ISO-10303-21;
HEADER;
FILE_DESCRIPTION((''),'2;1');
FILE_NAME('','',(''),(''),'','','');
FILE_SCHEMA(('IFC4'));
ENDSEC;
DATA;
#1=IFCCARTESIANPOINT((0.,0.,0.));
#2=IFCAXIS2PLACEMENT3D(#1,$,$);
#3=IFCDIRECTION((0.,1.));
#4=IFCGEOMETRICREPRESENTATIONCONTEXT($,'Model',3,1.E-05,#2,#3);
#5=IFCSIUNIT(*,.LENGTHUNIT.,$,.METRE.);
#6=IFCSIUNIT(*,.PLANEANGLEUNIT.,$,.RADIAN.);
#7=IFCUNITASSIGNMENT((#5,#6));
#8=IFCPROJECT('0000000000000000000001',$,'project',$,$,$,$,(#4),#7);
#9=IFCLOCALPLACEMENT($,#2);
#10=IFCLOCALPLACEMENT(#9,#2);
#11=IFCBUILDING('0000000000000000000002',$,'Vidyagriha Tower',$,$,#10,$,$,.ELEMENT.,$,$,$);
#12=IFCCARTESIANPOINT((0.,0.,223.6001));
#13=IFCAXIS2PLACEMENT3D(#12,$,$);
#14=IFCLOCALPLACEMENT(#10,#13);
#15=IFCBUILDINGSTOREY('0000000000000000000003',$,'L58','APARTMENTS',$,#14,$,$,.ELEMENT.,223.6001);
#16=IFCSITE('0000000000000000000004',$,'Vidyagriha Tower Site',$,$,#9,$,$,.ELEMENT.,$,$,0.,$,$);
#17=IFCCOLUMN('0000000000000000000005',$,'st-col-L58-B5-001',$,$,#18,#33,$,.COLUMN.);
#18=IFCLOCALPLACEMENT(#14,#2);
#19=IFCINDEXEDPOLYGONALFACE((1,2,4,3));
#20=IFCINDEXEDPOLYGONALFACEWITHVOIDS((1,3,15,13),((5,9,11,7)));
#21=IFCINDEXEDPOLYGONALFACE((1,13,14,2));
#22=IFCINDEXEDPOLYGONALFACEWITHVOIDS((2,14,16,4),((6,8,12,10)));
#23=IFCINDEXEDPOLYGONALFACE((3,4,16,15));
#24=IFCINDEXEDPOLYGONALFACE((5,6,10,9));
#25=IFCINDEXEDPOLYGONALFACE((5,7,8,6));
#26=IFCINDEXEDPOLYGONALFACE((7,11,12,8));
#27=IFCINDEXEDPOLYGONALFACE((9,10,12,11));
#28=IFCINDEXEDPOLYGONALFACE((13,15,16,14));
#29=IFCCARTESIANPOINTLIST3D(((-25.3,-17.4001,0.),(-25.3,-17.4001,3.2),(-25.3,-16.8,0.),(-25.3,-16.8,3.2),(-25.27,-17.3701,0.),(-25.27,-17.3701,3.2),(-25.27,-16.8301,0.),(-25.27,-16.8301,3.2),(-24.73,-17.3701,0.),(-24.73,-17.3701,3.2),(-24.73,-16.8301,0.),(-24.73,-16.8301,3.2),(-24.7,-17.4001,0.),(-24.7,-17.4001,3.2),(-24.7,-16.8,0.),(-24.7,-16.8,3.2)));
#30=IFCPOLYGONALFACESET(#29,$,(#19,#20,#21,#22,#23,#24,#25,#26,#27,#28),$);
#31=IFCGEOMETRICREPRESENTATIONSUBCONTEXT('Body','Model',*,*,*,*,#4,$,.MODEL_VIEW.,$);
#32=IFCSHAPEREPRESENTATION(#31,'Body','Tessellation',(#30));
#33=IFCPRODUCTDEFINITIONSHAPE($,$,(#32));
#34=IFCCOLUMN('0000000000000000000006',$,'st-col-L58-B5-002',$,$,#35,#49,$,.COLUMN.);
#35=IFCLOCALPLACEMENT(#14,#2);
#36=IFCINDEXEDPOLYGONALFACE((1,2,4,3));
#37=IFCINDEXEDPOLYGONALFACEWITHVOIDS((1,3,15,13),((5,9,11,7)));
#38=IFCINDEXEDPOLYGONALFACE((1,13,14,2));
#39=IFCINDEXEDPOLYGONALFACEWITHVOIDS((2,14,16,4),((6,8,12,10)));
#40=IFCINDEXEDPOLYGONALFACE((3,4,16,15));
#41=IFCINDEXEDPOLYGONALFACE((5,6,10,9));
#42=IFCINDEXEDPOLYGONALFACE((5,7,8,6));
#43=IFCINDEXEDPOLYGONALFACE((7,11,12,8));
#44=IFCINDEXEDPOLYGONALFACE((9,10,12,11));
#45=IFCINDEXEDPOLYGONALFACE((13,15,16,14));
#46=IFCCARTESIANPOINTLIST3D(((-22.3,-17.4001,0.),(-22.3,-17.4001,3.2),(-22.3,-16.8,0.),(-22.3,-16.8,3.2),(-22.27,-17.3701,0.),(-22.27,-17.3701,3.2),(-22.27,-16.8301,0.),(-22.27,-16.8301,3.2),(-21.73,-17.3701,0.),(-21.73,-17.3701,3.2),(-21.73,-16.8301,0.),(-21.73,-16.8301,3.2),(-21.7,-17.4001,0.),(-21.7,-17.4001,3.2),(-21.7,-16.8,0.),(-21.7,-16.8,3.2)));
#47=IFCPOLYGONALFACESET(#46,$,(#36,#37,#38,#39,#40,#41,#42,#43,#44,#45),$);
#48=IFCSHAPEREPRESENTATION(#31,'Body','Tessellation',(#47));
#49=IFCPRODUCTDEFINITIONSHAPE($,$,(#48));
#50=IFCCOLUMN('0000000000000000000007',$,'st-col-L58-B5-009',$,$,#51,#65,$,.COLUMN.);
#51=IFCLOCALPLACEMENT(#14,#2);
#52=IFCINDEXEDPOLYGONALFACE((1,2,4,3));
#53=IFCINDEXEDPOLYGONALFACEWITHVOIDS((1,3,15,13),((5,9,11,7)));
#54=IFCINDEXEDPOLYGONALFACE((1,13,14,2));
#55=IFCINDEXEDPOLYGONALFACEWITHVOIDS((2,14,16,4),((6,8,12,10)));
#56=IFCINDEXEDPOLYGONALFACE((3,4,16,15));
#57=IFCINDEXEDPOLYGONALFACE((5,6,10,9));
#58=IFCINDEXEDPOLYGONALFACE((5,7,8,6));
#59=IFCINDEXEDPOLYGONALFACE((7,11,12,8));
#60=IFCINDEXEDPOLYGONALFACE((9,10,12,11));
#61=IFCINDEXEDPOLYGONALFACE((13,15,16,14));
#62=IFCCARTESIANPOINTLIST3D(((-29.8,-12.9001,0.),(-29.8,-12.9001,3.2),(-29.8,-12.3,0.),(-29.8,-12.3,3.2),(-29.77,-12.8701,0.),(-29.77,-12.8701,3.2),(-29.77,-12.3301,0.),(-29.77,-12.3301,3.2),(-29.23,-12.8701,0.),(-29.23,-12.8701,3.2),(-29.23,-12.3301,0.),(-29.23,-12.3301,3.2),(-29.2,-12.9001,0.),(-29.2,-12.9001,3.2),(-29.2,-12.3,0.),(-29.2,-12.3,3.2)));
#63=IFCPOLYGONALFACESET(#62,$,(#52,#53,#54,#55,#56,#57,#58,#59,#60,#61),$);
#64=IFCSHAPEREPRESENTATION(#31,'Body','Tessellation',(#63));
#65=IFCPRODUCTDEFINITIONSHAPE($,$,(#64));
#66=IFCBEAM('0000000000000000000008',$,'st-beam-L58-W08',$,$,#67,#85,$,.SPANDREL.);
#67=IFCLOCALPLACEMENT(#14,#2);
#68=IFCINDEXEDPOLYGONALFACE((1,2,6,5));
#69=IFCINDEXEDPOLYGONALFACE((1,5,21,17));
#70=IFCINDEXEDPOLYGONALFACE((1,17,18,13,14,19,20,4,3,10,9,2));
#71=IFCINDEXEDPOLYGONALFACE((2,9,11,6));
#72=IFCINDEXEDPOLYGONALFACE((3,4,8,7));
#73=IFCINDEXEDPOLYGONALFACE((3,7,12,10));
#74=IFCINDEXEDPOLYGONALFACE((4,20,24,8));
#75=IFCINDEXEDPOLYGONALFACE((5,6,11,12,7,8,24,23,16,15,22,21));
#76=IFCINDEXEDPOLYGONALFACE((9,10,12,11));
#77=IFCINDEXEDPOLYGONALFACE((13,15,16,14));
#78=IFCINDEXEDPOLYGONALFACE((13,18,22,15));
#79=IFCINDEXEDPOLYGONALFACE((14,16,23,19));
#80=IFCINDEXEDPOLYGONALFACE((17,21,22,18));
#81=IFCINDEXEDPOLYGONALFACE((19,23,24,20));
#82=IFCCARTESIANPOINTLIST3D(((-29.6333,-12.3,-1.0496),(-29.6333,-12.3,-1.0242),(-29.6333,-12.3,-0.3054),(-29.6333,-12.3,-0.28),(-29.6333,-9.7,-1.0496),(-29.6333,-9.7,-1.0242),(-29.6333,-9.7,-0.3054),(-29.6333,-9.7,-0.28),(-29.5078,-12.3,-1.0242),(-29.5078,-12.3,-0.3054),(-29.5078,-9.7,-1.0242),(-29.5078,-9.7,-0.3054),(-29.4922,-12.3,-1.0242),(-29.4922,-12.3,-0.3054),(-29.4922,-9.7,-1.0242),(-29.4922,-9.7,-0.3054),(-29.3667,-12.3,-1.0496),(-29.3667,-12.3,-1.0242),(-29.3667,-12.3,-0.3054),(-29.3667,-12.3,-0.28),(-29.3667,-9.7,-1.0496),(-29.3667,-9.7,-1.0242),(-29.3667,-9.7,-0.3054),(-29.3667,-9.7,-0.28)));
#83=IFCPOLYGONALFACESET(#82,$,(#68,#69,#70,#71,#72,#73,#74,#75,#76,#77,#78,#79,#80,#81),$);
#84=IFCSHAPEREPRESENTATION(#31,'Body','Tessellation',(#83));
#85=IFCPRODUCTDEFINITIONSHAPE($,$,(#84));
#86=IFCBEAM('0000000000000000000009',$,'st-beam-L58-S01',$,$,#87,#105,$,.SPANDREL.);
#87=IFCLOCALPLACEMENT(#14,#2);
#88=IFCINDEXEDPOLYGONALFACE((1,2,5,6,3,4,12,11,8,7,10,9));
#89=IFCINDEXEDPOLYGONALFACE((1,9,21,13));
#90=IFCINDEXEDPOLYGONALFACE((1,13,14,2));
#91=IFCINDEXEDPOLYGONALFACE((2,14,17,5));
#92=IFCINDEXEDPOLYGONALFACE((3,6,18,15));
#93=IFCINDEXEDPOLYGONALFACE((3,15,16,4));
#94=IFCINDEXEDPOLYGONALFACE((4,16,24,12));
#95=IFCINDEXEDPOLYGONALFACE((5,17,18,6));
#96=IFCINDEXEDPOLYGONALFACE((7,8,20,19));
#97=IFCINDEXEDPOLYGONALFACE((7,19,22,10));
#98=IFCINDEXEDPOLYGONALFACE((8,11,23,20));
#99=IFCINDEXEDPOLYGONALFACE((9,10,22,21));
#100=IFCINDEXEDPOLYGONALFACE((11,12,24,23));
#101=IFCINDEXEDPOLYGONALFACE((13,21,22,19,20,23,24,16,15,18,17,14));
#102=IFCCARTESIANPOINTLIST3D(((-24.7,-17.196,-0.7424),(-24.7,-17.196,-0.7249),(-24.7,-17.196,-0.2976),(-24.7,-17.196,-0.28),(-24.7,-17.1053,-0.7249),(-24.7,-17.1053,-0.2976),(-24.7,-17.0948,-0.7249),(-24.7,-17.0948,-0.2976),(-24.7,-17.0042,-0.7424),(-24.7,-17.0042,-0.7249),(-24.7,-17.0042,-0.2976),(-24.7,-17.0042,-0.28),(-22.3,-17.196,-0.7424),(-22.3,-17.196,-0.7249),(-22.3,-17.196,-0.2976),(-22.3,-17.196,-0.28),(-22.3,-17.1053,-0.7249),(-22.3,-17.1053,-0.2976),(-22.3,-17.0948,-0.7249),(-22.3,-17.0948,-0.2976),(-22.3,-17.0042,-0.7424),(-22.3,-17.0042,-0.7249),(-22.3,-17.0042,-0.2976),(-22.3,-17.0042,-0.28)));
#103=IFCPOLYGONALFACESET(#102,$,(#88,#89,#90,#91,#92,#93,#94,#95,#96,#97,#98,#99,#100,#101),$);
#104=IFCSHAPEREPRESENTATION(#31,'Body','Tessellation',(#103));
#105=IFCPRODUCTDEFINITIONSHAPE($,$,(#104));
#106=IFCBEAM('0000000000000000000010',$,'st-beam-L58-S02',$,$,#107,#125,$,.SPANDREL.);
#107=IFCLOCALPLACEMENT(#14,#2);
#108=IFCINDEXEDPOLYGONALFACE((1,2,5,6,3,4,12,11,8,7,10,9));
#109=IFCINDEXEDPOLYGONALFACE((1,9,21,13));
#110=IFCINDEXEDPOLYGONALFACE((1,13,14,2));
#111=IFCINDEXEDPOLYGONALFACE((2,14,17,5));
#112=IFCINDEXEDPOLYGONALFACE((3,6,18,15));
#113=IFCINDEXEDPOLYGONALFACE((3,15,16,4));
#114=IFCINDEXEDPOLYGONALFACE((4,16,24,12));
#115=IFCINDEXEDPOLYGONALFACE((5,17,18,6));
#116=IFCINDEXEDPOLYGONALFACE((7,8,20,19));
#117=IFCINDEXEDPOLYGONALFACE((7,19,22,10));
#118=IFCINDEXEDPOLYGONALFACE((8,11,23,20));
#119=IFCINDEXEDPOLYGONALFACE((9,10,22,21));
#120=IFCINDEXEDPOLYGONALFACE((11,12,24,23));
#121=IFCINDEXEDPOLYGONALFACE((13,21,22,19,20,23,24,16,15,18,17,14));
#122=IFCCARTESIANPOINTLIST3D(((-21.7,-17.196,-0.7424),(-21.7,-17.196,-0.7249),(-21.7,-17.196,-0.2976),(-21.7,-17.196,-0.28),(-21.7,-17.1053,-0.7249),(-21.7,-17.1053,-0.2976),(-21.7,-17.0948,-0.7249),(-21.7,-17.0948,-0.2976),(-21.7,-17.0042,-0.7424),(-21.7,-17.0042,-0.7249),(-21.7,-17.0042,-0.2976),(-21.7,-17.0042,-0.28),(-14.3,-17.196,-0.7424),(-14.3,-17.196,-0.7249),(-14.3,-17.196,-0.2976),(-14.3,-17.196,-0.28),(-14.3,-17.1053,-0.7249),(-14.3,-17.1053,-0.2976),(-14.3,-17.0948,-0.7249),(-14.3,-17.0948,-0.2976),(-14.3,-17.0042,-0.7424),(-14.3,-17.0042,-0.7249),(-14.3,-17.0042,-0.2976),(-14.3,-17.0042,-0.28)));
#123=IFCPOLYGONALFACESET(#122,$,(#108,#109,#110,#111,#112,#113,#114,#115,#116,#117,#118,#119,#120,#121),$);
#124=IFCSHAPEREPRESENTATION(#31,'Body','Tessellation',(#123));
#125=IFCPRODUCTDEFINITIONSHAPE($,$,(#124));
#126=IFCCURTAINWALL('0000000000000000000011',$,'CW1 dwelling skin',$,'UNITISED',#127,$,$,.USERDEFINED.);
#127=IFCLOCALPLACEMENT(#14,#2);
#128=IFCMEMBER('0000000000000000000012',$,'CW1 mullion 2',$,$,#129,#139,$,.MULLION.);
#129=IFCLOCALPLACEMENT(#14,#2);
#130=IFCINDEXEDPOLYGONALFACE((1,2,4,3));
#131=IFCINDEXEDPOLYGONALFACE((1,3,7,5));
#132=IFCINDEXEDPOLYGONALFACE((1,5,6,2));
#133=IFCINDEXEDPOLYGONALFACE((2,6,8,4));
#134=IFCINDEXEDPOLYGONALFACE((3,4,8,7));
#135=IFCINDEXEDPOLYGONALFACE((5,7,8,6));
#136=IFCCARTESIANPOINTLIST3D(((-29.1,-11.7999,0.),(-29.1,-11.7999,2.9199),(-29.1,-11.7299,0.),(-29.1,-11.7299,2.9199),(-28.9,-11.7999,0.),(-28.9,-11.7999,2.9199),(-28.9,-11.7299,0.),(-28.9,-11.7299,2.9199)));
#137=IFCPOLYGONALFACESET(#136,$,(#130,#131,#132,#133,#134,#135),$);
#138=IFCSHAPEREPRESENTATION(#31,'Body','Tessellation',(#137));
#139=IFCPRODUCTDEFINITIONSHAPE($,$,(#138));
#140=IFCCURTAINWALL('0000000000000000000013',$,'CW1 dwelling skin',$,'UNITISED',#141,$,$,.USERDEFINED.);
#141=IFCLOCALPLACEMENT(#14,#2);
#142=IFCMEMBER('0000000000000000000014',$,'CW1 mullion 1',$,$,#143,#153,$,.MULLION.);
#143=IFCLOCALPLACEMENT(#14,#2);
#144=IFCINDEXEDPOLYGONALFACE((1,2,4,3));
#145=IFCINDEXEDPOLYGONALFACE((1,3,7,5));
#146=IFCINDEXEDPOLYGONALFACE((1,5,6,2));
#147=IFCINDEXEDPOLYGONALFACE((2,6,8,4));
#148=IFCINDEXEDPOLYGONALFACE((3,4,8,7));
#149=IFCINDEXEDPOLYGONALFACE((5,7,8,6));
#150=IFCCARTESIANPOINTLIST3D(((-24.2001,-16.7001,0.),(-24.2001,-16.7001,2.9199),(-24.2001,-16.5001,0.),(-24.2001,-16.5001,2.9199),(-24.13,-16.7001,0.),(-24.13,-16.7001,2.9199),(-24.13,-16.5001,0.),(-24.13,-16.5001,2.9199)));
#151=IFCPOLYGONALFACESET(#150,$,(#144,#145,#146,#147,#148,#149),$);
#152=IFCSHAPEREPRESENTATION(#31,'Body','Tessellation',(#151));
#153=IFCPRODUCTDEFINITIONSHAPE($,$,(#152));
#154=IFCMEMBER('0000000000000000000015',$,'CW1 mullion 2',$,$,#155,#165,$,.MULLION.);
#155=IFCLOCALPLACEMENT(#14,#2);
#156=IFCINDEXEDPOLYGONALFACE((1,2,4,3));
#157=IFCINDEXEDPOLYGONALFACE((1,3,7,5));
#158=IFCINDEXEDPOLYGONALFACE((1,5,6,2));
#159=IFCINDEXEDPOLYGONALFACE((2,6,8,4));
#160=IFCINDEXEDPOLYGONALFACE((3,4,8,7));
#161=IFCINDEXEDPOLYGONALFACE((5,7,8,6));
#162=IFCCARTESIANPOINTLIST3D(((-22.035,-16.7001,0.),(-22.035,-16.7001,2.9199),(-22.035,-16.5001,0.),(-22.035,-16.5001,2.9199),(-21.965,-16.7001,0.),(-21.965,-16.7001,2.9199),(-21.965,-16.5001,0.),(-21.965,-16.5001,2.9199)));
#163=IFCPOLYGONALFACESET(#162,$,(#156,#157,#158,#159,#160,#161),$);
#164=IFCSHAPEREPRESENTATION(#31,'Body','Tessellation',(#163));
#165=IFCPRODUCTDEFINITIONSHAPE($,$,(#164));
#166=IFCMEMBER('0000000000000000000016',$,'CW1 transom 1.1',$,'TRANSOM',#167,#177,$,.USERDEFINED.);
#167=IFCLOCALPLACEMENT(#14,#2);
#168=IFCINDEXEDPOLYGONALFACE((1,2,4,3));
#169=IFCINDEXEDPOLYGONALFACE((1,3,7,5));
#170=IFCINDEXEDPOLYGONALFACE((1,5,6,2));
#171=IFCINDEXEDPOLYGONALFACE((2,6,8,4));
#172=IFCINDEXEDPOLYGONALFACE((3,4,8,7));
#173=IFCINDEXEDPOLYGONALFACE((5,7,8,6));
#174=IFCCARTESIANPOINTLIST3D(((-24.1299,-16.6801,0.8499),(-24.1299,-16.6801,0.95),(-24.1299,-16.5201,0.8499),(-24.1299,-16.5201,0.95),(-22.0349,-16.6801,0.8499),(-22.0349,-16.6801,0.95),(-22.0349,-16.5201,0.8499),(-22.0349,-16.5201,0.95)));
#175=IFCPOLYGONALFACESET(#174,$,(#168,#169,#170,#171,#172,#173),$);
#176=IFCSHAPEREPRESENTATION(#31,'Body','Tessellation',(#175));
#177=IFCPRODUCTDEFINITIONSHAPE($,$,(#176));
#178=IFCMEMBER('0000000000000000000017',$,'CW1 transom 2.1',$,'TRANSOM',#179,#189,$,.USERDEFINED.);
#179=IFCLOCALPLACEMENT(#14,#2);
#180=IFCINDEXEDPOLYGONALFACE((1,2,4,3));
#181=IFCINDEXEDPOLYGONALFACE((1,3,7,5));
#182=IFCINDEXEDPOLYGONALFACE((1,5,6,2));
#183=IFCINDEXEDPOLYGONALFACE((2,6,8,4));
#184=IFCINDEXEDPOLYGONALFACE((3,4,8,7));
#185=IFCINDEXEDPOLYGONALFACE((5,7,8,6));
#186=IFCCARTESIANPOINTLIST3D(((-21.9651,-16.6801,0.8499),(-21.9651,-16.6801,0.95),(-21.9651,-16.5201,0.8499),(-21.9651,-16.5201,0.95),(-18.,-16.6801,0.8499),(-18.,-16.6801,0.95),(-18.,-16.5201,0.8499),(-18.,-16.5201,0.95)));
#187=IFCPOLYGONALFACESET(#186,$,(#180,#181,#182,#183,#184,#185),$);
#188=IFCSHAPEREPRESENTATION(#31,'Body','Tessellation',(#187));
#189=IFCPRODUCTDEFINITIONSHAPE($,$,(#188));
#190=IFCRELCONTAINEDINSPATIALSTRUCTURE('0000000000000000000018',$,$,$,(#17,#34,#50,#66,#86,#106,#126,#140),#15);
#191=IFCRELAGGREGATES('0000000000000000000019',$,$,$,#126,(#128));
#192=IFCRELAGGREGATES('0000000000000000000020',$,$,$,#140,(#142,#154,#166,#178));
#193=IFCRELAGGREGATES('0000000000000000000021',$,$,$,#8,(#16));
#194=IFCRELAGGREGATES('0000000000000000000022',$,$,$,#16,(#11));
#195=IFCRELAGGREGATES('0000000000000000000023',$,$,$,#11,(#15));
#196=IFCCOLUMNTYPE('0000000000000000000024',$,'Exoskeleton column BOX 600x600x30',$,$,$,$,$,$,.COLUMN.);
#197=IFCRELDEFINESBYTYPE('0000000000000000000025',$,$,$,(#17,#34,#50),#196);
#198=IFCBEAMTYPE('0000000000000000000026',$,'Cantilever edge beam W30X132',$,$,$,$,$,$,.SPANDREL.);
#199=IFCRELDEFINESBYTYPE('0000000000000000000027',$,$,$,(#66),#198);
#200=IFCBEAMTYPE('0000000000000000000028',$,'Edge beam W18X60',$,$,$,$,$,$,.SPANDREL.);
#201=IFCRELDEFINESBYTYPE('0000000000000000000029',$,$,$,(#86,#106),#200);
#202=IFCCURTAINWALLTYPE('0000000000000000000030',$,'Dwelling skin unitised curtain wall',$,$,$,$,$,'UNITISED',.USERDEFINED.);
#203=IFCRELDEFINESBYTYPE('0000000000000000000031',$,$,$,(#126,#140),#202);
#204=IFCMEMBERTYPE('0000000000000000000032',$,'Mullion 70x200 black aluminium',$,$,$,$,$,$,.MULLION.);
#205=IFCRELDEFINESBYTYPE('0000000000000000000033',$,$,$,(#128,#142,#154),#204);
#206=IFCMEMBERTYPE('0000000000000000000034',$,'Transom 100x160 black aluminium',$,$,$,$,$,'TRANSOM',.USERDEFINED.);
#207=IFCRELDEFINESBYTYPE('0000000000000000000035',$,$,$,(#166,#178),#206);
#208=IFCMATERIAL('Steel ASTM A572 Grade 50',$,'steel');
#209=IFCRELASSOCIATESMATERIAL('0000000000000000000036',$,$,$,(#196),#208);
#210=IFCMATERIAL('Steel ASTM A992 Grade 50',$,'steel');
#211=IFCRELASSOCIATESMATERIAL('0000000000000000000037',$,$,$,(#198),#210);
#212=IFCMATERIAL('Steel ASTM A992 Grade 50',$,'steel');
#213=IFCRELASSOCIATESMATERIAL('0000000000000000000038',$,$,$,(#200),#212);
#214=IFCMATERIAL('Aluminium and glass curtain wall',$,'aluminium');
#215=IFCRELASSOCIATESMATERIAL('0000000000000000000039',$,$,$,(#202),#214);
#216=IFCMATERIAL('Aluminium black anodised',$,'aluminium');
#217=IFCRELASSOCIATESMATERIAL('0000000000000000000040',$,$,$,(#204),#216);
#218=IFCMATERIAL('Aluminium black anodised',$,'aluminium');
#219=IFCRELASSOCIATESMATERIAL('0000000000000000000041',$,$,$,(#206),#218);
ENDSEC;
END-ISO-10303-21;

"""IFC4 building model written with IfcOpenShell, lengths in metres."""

from ifc_helpers import new_model, si_unit, direction, frame, origin, origin_2d, place, context, subcontext, project, spatial, rectangle, hollow_rectangle, i_section, extrude, material, material_profile, profile_set, type_object, element, aggregate, save


model = new_model("IFC4")

# Units and contexts
model_context = context("Model", 3, precision=1e-05, world=origin(), true_north=direction((0.0, 1.0)))
body_context = subcontext(model_context, "Body", "Model", "MODEL_VIEW")
ifc_project = project(units=[si_unit("LENGTHUNIT", "METRE"), si_unit("PLANEANGLEUNIT", "RADIAN")], contexts=[model_context])

# Site, building, storey
site_placement = place(None, origin())
site = spatial("IfcSite", under=ifc_project, at=site_placement, Name="Vidyagriha Tower Site", CompositionType="ELEMENT", RefElevation=0.0)
building_placement = place(site_placement, origin())
building = spatial("IfcBuilding", under=site, at=building_placement, Name="Vidyagriha Tower", CompositionType="ELEMENT")
storey_placement = place(building_placement, frame((0.0, 0.0, 223.6001)))
storey = spatial("IfcBuildingStorey", under=building, at=storey_placement, Name="L58", Description="APARTMENTS", CompositionType="ELEMENT", Elevation=223.6001)

# Columns
ifc_material_1 = material(Name="Steel ASTM A572 Grade 50", Category="steel")
ifc_material_profile_1 = material_profile(ifc_material_1, hollow_rectangle(XDim=0.6001, YDim=0.6001, WallThickness=0.03, at=origin_2d()), Name="BOX 600x600x30")
ifc_profile_set_1 = profile_set([ifc_material_profile_1], Name="Steel ASTM A572 Grade 50")
column_type = type_object("IfcColumnType", Name="Exoskeleton column BOX 600x600x30", PredefinedType="COLUMN", material=ifc_profile_set_1)
for number, where, name in (
    (1, (-25.0, -17.1001, 0.0), "st-col-L58-B5-001"),
    (2, (-22.0, -17.1001, 0.0), "st-col-L58-B5-002"),
    (3, (-29.5, -12.6001, 0.0), "st-col-L58-B5-009"),
):
    element("IfcColumn", number, at=place(storey_placement, frame(where)), inside=storey, type_object=column_type, Name=name, PredefinedType="COLUMN", context=body_context, shape_type="SweptSolid", body=[
        extrude(hollow_rectangle(XDim=0.6001, YDim=0.6001, WallThickness=0.03, at=origin_2d()), origin(), (0.0, 0.0, 1.0), 3.2),
    ])

# Beams
ifc_material_2 = material(Name="Steel ASTM A992 Grade 50", Category="steel")
ifc_material_profile_2 = material_profile(ifc_material_2, i_section(OverallWidth=0.2666, OverallDepth=0.7695, WebThickness=0.0156, FlangeThickness=0.0254, at=origin_2d()), Name="W30X132")
ifc_profile_set_2 = profile_set([ifc_material_profile_2], Name="Steel ASTM A992 Grade 50")
beam_type_1 = type_object("IfcBeamType", Name="Cantilever edge beam W30X132", PredefinedType="SPANDREL", material=ifc_profile_set_2)
beam_1_placement = place(storey_placement, frame((-29.5, -12.3, -0.6648), z_axis=(0.0, 1.0, 0.0), x_axis=(-1.0, 0.0, 0.0)))
element("IfcBeam", 4, at=beam_1_placement, inside=storey, type_object=beam_type_1, Name="st-beam-L58-W08", PredefinedType="SPANDREL", context=body_context, shape_type="SweptSolid", body=[
    extrude(i_section(OverallWidth=0.2666, OverallDepth=0.7695, WebThickness=0.0156, FlangeThickness=0.0254, at=origin_2d()), origin(), (0.0, 0.0, 1.0), 2.6001),
])
ifc_material_3 = material(Name="Steel ASTM A992 Grade 50", Category="steel")
ifc_material_profile_3 = material_profile(ifc_material_3, i_section(OverallWidth=0.1919, OverallDepth=0.4624, WebThickness=0.0105, FlangeThickness=0.0176, at=origin_2d()), Name="W18X60")
ifc_profile_set_3 = profile_set([ifc_material_profile_3], Name="Steel ASTM A992 Grade 50")
beam_type_2 = type_object("IfcBeamType", Name="Edge beam W18X60", PredefinedType="SPANDREL", material=ifc_profile_set_3)
beam_2_placement = place(storey_placement, frame((-24.7, -17.1001, -0.5112), z_axis=(1.0, 0.0, 0.0), x_axis=(0.0, 1.0, 0.0)))
element("IfcBeam", 5, at=beam_2_placement, inside=storey, type_object=beam_type_2, Name="st-beam-L58-S01", PredefinedType="SPANDREL", context=body_context, shape_type="SweptSolid", body=[
    extrude(i_section(OverallWidth=0.1919, OverallDepth=0.4624, WebThickness=0.0105, FlangeThickness=0.0176, at=origin_2d()), origin(), (0.0, 0.0, 1.0), 2.3999),
])
beam_3_placement = place(storey_placement, frame((-21.7, -17.1001, -0.5112), z_axis=(1.0, 0.0, 0.0), x_axis=(0.0, 1.0, 0.0)))
element("IfcBeam", 6, at=beam_3_placement, inside=storey, type_object=beam_type_2, Name="st-beam-L58-S02", PredefinedType="SPANDREL", context=body_context, shape_type="SweptSolid", body=[
    extrude(i_section(OverallWidth=0.1919, OverallDepth=0.4624, WebThickness=0.0105, FlangeThickness=0.0176, at=origin_2d()), origin(), (0.0, 0.0, 1.0), 7.3999),
])

# Curtain wall, member
ifc_material_4 = material(Name="Aluminium and glass curtain wall", Category="aluminium")
curtain_wall_type = type_object("IfcCurtainWallType", Name="Dwelling skin unitised curtain wall", ElementType="UNITISED", PredefinedType="USERDEFINED", material=ifc_material_4)
curtain_wall_1_placement = place(storey_placement, origin())
curtain_wall_1 = element("IfcCurtainWall", 7, at=curtain_wall_1_placement, inside=storey, type_object=curtain_wall_type, Name="CW1 dwelling skin", ObjectType="UNITISED", PredefinedType="USERDEFINED")
ifc_material_5 = material(Name="Aluminium black anodised", Category="aluminium")
ifc_material_profile_4 = material_profile(ifc_material_5, rectangle(XDim=0.2, YDim=0.0701, at=origin_2d()), Name="Mullion 70x200 black aluminium")
ifc_profile_set_4 = profile_set([ifc_material_profile_4], Name="Aluminium black anodised")
member_type_1 = type_object("IfcMemberType", Name="Mullion 70x200 black aluminium", PredefinedType="MULLION", material=ifc_profile_set_4)
member_1_placement = place(storey_placement, frame((-29.0, -11.7649, 0.0)))
member_1 = element("IfcMember", 8, at=member_1_placement, type_object=member_type_1, Name="CW1 mullion 2", PredefinedType="MULLION", context=body_context, shape_type="SweptSolid", body=[
    extrude(rectangle(XDim=0.2, YDim=0.0701, at=origin_2d()), origin(), (0.0, 0.0, 1.0), 2.9199),
])
aggregate(curtain_wall_1, [member_1])

# Curtain wall, members
curtain_wall_2_placement = place(storey_placement, origin())
curtain_wall_2 = element("IfcCurtainWall", 9, at=curtain_wall_2_placement, inside=storey, type_object=curtain_wall_type, Name="CW1 dwelling skin", ObjectType="UNITISED", PredefinedType="USERDEFINED")
member_2_placement = place(storey_placement, frame((-24.165, -16.6001, 0.0), z_axis=(0.0, 0.0, 1.0), x_axis=(0.0, 1.0, 0.0)))
member_2 = element("IfcMember", 10, at=member_2_placement, type_object=member_type_1, Name="CW1 mullion 1", PredefinedType="MULLION", context=body_context, shape_type="SweptSolid", body=[
    extrude(rectangle(XDim=0.2, YDim=0.0701, at=origin_2d()), origin(), (0.0, 0.0, 1.0), 2.9199),
])
member_3_placement = place(storey_placement, frame((-22.0, -16.6001, 0.0), z_axis=(0.0, 0.0, 1.0), x_axis=(0.0, 1.0, 0.0)))
member_3 = element("IfcMember", 11, at=member_3_placement, type_object=member_type_1, Name="CW1 mullion 2", PredefinedType="MULLION", context=body_context, shape_type="SweptSolid", body=[
    extrude(rectangle(XDim=0.2, YDim=0.0701, at=origin_2d()), origin(), (0.0, 0.0, 1.0), 2.9199),
])
ifc_material_6 = material(Name="Aluminium black anodised", Category="aluminium")
ifc_material_profile_5 = material_profile(ifc_material_6, rectangle(XDim=0.1599, YDim=0.1001, at=origin_2d()), Name="Transom 100x160 black aluminium")
ifc_profile_set_5 = profile_set([ifc_material_profile_5], Name="Aluminium black anodised")
member_type_2 = type_object("IfcMemberType", Name="Transom 100x160 black aluminium", ElementType="TRANSOM", PredefinedType="USERDEFINED", material=ifc_profile_set_5)
member_4_placement = place(storey_placement, frame((-24.1299, -16.6001, 0.8999), z_axis=(1.0, 0.0, 0.0), x_axis=(0.0, 1.0, 0.0)))
member_4 = element("IfcMember", 12, at=member_4_placement, type_object=member_type_2, Name="CW1 transom 1.1", ObjectType="TRANSOM", PredefinedType="USERDEFINED", context=body_context, shape_type="SweptSolid", body=[
    extrude(rectangle(XDim=0.1599, YDim=0.1001, at=origin_2d()), origin(), (0.0, 0.0, 1.0), 2.095),
])
member_5_placement = place(storey_placement, frame((-21.9651, -16.6001, 0.8999), z_axis=(1.0, 0.0, 0.0), x_axis=(0.0, 1.0, 0.0)))
member_5 = element("IfcMember", 13, at=member_5_placement, type_object=member_type_2, Name="CW1 transom 2.1", ObjectType="TRANSOM", PredefinedType="USERDEFINED", context=body_context, shape_type="SweptSolid", body=[
    extrude(rectangle(XDim=0.1599, YDim=0.1001, at=origin_2d()), origin(), (0.0, 0.0, 1.0), 3.9651),
])
aggregate(curtain_wall_2, [member_2, member_3, member_4, member_5])

save(model, "model.ifc")
